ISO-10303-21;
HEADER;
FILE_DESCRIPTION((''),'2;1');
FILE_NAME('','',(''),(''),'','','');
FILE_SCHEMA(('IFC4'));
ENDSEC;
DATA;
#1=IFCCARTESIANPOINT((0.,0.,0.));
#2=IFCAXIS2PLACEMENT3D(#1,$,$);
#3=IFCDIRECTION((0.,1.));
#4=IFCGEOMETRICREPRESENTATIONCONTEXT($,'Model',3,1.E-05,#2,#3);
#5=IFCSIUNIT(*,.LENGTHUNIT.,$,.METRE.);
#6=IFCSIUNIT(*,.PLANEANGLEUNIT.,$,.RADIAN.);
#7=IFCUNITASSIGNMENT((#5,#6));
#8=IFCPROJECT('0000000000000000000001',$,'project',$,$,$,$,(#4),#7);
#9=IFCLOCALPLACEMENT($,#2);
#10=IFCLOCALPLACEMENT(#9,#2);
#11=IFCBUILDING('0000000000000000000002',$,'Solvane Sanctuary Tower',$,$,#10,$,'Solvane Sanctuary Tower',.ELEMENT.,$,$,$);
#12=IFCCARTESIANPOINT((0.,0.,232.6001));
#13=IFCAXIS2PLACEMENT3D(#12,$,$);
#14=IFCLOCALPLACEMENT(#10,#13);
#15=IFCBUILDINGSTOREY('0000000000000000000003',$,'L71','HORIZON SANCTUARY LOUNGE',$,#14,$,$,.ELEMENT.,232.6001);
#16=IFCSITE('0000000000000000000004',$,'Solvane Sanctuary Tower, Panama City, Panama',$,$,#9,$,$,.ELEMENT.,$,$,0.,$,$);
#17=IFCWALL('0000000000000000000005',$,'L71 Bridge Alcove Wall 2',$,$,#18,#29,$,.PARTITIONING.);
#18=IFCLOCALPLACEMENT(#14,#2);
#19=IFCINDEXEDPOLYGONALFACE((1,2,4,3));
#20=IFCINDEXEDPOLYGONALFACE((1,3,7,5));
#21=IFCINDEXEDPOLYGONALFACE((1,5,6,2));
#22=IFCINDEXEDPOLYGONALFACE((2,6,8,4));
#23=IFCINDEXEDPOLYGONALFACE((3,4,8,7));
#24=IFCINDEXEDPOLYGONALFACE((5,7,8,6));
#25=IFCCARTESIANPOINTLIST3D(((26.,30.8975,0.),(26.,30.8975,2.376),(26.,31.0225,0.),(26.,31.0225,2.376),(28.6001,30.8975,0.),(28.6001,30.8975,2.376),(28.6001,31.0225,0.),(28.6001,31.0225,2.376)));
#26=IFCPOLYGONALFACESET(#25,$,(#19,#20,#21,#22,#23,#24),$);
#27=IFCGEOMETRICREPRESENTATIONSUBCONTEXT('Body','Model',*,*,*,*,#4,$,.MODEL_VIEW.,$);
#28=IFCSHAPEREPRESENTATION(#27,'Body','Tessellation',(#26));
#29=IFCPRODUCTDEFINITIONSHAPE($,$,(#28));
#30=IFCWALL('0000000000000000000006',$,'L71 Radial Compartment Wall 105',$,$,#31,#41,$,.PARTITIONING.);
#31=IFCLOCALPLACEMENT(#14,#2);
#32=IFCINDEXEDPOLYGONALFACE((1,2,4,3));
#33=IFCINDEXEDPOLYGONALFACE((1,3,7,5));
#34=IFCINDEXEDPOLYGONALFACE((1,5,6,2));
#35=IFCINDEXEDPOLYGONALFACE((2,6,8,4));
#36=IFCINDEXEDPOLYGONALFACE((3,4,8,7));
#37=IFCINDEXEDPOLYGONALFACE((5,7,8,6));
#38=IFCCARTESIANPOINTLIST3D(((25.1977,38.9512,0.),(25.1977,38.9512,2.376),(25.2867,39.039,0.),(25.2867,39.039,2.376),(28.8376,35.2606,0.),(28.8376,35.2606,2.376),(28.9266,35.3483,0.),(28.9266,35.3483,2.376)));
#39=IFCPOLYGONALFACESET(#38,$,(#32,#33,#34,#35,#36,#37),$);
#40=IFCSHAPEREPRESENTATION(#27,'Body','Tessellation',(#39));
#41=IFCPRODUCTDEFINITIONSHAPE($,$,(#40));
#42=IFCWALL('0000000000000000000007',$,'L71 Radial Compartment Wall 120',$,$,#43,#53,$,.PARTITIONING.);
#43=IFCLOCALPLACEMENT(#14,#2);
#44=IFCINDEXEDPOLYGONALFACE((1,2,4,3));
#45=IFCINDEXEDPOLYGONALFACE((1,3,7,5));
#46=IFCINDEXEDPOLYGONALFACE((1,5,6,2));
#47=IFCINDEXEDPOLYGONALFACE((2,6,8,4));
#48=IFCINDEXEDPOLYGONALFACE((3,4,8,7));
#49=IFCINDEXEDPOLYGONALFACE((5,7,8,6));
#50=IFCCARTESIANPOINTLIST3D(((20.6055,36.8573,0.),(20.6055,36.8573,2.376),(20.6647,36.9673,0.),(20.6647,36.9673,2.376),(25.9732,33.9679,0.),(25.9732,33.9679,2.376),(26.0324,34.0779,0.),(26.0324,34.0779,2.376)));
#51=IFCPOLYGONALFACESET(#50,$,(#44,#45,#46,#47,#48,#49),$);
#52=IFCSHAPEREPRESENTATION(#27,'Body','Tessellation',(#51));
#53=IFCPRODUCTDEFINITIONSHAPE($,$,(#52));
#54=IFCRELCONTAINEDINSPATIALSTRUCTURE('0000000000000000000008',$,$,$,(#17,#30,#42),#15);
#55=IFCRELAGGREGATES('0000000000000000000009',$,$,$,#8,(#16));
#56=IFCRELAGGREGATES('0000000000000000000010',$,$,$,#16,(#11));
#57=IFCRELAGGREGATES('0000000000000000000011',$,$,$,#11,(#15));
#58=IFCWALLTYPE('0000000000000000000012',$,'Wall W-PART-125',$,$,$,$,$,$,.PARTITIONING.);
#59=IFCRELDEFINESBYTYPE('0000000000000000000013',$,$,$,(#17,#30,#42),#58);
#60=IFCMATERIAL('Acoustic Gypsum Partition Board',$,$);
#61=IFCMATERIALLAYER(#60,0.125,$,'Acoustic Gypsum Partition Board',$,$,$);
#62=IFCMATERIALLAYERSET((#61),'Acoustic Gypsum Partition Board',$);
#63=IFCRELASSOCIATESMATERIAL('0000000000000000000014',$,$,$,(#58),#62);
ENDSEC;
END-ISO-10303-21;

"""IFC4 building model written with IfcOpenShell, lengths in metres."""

from ifc_helpers import new_model, si_unit, direction, frame, frame_2d, origin, place, context, subcontext, project, spatial, rectangle, extrude, material, layer, layer_set, type_object, element, save


model = new_model("IFC4")

# Units and contexts
model_context = context("Model", 3, precision=1e-05, world=origin(), true_north=direction((0.0, 1.0)))
body_context = subcontext(model_context, "Body", "Model", "MODEL_VIEW")
ifc_project = project(units=[si_unit("LENGTHUNIT", "METRE"), si_unit("PLANEANGLEUNIT", "RADIAN")], contexts=[model_context])

# Site, building, storey
site_placement = place(None, origin())
site = spatial("IfcSite", under=ifc_project, at=site_placement, Name="Solvane Sanctuary Tower, Panama City, Panama", CompositionType="ELEMENT", RefElevation=0.0)
building_placement = place(site_placement, origin())
building = spatial("IfcBuilding", under=site, at=building_placement, Name="Solvane Sanctuary Tower", LongName="Solvane Sanctuary Tower", CompositionType="ELEMENT")
storey_placement = place(building_placement, frame((0.0, 0.0, 232.6001)))
storey = spatial("IfcBuildingStorey", under=building, at=storey_placement, Name="L71", Description="HORIZON SANCTUARY LOUNGE", CompositionType="ELEMENT", Elevation=232.6001)

# Shared definitions
ifc_material_1 = material(Name="Acoustic Gypsum Partition Board")

# Walls
ifc_layer_1 = layer(ifc_material_1, 0.125, Name="Acoustic Gypsum Partition Board")
ifc_layer_set_1 = layer_set([ifc_layer_1], Name="Acoustic Gypsum Partition Board")
wall_type_1 = type_object("IfcWallType", Name="Wall W-PART-125", PredefinedType="PARTITIONING", material=ifc_layer_set_1)
wall_1_placement = place(storey_placement, frame((26.0, 30.96, 0.0), z_axis=(0.0, 0.0, 1.0), x_axis=(1.0, 0.0, 0.0)))
element("IfcWall", 1, at=wall_1_placement, inside=storey, type_object=wall_type_1, Name="L71 Bridge Alcove Wall 2", PredefinedType="PARTITIONING", context=body_context, shape_type="SweptSolid", body=[
    extrude(rectangle(XDim=2.6001, YDim=0.125, at=frame_2d((1.3, 0.0))), origin(), (0.0, 0.0, 1.0), 2.376),
])
wall_2_placement = place(storey_placement, frame((28.8821, 35.3044, 0.0), z_axis=(0.0, 0.0, 1.0), x_axis=(-0.702192, 0.711988, 0.0)))
element("IfcWall", 2, at=wall_2_placement, inside=storey, type_object=wall_type_1, Name="L71 Radial Compartment Wall 105", PredefinedType="PARTITIONING", context=body_context, shape_type="SweptSolid", body=[
    extrude(rectangle(XDim=5.1836, YDim=0.125, at=frame_2d((2.5918, 0.0))), origin(), (0.0, 0.0, 1.0), 2.376),
])
wall_3_placement = place(storey_placement, frame((26.0027, 34.0229, 0.0), z_axis=(0.0, 0.0, 1.0), x_axis=(-0.880532, 0.473988, 0.0)))
element("IfcWall", 3, at=wall_3_placement, inside=storey, type_object=wall_type_1, Name="L71 Radial Compartment Wall 120", PredefinedType="PARTITIONING", context=body_context, shape_type="SweptSolid", body=[
    extrude(rectangle(XDim=6.0959, YDim=0.125, at=frame_2d((3.0479, 0.0))), origin(), (0.0, 0.0, 1.0), 2.376),
])

save(model, "model.ifc")
